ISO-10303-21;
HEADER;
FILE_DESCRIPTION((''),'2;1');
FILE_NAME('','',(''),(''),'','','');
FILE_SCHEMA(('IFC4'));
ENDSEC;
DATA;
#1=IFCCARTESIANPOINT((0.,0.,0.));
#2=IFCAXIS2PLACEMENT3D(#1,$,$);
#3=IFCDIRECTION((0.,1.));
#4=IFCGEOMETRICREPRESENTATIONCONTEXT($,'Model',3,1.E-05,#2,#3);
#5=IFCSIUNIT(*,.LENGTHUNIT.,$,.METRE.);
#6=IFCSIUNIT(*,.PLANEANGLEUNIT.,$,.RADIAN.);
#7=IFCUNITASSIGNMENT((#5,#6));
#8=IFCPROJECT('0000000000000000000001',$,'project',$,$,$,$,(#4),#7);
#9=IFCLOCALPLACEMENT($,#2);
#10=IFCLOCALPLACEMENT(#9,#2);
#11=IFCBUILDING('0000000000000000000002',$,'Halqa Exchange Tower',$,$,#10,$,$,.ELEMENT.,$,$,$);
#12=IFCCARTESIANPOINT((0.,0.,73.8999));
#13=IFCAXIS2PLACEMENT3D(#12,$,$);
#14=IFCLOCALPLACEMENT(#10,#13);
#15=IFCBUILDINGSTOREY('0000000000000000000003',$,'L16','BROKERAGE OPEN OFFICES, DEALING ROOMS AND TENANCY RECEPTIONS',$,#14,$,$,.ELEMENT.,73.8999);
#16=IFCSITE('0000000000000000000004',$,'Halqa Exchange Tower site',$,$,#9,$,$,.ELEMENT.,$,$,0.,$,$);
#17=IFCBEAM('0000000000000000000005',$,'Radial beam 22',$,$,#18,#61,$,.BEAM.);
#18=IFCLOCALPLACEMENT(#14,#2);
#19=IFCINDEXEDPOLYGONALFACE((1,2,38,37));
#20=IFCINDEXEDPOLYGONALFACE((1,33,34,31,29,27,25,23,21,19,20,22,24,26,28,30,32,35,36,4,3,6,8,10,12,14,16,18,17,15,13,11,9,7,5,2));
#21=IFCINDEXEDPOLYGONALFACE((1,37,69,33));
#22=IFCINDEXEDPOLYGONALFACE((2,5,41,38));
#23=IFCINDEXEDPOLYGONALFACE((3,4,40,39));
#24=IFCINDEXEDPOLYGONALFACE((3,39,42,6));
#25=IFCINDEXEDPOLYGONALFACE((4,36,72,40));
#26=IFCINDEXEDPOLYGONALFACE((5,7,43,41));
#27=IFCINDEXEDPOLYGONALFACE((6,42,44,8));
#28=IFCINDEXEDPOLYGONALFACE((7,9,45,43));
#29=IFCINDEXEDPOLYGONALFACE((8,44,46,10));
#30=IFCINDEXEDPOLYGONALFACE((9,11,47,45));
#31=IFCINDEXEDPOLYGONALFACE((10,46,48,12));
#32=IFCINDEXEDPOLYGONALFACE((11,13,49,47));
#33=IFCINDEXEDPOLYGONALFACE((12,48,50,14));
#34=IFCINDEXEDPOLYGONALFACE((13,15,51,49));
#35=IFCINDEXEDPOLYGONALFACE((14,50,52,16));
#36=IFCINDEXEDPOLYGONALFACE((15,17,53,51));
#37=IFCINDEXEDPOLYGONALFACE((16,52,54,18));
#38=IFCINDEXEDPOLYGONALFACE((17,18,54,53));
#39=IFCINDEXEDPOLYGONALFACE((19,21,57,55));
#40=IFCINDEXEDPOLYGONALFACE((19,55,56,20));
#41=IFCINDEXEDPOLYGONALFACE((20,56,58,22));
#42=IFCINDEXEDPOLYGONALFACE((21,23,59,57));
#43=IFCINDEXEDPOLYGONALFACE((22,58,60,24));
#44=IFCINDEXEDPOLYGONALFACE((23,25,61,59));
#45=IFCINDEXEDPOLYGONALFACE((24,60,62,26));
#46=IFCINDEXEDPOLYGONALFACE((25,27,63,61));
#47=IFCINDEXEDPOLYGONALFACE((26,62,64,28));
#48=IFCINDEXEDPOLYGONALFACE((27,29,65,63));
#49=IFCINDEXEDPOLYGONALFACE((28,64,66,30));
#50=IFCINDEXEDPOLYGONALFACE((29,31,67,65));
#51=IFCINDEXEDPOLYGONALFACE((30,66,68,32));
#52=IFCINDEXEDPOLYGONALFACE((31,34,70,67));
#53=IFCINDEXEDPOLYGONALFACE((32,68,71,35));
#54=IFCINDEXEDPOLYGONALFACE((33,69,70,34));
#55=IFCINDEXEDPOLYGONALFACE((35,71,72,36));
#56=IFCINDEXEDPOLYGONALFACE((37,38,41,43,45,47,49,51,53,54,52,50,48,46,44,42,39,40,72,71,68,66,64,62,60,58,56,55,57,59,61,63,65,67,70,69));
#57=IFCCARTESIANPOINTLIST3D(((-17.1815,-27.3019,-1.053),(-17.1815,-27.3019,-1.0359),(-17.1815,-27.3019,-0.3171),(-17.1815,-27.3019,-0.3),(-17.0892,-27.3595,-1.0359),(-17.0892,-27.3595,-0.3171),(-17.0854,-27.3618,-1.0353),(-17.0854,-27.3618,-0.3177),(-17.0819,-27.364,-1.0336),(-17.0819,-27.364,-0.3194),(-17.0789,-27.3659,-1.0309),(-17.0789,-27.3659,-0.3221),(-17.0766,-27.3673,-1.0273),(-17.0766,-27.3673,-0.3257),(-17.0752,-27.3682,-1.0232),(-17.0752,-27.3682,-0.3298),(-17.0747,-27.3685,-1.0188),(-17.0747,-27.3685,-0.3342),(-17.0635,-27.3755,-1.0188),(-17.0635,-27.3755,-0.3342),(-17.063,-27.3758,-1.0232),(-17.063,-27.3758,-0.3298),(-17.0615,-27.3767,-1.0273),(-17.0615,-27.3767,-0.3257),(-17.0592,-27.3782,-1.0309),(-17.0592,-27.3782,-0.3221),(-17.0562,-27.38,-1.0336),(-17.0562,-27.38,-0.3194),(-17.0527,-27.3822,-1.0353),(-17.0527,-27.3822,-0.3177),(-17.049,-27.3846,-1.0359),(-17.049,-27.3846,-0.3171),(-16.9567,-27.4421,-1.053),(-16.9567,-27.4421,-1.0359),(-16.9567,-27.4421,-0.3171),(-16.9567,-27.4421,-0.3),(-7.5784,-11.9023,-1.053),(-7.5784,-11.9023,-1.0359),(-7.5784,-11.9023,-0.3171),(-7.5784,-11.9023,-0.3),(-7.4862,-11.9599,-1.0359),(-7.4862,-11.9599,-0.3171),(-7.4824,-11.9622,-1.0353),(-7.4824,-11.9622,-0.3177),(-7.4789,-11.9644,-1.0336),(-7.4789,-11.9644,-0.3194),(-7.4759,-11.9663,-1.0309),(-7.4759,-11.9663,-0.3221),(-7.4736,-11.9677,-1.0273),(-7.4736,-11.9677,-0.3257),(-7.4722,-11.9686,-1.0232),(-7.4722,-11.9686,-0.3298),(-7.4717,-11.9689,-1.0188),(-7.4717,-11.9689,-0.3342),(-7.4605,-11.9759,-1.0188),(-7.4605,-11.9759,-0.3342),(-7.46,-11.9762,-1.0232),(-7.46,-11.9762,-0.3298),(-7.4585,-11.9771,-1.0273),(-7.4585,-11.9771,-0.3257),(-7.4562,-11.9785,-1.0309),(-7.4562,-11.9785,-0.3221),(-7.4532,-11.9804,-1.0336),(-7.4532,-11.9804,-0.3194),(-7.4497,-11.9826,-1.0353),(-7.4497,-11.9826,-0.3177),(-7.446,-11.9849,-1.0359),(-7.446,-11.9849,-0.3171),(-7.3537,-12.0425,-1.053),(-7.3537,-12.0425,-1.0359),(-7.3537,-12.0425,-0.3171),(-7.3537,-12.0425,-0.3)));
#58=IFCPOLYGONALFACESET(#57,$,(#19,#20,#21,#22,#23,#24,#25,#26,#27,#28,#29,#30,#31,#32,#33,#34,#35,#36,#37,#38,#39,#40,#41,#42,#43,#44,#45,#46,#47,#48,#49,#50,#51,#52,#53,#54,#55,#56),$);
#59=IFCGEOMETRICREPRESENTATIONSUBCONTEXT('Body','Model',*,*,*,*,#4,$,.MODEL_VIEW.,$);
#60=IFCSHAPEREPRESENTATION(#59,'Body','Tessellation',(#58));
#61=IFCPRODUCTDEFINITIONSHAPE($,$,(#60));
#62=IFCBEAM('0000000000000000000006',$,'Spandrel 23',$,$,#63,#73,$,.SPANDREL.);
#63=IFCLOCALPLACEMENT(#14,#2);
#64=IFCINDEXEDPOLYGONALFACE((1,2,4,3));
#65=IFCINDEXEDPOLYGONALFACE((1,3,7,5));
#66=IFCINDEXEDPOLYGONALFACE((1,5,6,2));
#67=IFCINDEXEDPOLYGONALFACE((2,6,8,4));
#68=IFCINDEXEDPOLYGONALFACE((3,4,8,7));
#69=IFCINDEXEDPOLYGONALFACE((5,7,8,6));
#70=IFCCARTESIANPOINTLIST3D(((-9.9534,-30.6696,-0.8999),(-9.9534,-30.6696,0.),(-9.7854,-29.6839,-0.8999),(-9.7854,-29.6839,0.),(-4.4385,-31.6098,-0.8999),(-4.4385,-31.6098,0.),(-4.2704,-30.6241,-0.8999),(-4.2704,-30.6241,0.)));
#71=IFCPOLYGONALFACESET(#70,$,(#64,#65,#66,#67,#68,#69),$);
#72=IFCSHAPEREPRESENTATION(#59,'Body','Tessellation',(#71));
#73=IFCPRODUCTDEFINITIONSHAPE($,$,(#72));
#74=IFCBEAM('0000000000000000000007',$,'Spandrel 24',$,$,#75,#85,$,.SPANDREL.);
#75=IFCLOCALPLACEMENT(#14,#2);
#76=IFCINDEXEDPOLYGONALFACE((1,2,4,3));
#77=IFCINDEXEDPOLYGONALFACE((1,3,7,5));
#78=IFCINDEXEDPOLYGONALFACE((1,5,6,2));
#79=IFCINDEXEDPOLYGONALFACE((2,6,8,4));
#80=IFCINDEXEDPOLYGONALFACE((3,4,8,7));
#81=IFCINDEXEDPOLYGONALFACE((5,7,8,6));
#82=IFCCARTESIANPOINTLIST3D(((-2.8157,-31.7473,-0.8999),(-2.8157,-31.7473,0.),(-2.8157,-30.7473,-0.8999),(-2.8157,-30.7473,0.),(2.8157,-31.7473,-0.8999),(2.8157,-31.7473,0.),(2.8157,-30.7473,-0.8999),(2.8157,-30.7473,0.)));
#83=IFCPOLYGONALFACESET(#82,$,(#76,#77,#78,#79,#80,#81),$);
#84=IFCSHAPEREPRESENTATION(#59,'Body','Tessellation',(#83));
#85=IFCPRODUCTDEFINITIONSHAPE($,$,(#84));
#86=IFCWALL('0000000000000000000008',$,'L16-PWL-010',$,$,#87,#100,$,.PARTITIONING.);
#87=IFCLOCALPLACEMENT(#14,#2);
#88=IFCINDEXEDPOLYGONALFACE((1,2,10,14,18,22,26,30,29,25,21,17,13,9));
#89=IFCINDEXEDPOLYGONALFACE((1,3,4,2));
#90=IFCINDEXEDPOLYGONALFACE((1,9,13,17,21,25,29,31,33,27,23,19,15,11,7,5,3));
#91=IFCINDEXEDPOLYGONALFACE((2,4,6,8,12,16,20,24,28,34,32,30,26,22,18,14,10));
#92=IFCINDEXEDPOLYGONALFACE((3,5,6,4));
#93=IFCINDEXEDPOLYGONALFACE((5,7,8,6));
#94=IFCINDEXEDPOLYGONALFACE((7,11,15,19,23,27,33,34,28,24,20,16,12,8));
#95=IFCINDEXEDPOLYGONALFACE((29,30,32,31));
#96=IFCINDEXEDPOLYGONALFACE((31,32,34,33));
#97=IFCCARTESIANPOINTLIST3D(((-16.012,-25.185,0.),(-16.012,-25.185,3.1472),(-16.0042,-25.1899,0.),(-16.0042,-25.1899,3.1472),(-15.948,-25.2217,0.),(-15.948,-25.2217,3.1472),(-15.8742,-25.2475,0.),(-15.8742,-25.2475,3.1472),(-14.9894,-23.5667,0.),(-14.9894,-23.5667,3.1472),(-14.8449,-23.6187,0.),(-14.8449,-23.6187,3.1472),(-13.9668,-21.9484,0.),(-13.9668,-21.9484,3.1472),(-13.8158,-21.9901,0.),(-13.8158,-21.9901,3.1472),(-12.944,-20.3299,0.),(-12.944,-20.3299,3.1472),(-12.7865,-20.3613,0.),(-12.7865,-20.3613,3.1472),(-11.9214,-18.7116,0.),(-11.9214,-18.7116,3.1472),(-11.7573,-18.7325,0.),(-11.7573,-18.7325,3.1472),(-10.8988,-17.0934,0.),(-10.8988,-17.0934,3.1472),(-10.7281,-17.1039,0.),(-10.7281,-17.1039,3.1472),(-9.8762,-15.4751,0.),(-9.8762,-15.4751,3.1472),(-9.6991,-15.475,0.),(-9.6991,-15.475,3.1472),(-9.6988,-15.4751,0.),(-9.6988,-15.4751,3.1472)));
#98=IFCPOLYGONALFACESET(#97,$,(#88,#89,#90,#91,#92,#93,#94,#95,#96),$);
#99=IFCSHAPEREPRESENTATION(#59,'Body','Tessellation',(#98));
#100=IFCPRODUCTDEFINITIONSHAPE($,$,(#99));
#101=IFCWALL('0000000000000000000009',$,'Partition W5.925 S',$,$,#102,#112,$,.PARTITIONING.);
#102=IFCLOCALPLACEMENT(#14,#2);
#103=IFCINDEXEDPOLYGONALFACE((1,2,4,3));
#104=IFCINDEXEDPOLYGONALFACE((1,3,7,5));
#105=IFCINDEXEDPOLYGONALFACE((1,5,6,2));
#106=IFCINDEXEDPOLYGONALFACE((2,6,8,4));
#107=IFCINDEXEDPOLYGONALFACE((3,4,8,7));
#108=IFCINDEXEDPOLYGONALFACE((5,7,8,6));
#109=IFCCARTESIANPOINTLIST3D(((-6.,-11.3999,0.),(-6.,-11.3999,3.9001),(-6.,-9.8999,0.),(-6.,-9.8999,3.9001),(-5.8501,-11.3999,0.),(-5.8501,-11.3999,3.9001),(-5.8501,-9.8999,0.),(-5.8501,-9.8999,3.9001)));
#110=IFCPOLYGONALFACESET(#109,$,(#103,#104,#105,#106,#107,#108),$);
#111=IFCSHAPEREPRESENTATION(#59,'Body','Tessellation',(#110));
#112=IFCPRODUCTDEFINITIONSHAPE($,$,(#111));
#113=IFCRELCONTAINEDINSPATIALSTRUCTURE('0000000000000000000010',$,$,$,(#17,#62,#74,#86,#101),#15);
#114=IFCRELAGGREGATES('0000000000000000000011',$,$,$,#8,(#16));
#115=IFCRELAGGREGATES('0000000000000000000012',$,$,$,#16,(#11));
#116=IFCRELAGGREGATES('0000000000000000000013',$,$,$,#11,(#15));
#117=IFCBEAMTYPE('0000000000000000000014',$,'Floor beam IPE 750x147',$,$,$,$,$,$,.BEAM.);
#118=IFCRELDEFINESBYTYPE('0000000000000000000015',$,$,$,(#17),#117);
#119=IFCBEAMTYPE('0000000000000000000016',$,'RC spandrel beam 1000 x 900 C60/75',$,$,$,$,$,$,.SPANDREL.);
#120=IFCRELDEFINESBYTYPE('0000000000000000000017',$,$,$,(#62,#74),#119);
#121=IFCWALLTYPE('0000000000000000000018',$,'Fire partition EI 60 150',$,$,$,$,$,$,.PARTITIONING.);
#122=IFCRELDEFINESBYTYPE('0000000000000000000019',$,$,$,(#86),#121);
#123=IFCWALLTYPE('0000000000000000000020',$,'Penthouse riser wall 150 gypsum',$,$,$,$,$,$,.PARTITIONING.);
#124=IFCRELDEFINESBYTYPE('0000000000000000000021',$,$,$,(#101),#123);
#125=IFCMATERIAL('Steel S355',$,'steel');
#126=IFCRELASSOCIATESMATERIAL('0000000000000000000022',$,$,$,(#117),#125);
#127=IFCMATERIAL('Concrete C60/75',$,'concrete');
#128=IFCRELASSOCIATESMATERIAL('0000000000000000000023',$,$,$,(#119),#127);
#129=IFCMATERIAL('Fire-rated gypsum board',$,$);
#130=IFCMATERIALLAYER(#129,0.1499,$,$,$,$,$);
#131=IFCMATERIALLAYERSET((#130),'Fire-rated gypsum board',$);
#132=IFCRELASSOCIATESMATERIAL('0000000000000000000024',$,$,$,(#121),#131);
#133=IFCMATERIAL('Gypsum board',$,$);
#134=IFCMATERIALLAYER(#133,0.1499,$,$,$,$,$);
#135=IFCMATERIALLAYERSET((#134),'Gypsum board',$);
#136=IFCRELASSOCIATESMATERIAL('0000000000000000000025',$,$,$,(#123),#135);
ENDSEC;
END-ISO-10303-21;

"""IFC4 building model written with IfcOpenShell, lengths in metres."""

from ifc_helpers import new_model, si_unit, direction, frame, frame_2d, origin, origin_2d, place, context, subcontext, project, spatial, polyline, rectangle, i_section, outline, extrude, material, layer, layer_set, material_profile, profile_set, type_object, element, save


model = new_model("IFC4")

# Units and contexts
model_context = context("Model", 3, precision=1e-05, world=origin(), true_north=direction((0.0, 1.0)))
body_context = subcontext(model_context, "Body", "Model", "MODEL_VIEW")
ifc_project = project(units=[si_unit("LENGTHUNIT", "METRE"), si_unit("PLANEANGLEUNIT", "RADIAN")], contexts=[model_context])

# Site, building, storey
site_placement = place(None, origin())
site = spatial("IfcSite", under=ifc_project, at=site_placement, Name="Halqa Exchange Tower site", CompositionType="ELEMENT", RefElevation=0.0)
building_placement = place(site_placement, origin())
building = spatial("IfcBuilding", under=site, at=building_placement, Name="Halqa Exchange Tower", CompositionType="ELEMENT")
storey_placement = place(building_placement, frame((0.0, 0.0, 73.8999)))
storey = spatial("IfcBuildingStorey", under=building, at=storey_placement, Name="L16", Description="BROKERAGE OPEN OFFICES, DEALING ROOMS AND TENANCY RECEPTIONS", CompositionType="ELEMENT", Elevation=73.8999)

# Beams
ifc_material_1 = material(Name="Steel S355", Category="steel")
ifc_material_profile_1 = material_profile(ifc_material_1, i_section(OverallWidth=0.2649, OverallDepth=0.7529, WebThickness=0.0132, FlangeThickness=0.0171, FilletRadius=0.0171, at=origin_2d()), Name="IPE 750x147")
ifc_profile_set_1 = profile_set([ifc_material_profile_1], Name="Steel S355")
beam_type_1 = type_object("IfcBeamType", Name="Floor beam IPE 750x147", PredefinedType="BEAM", material=ifc_profile_set_1)
beam_1_placement = place(storey_placement, frame((-7.4661, -11.9724, -0.6765), z_axis=(-0.529137, -0.848537, 0.0), x_axis=(0.848537, -0.529137, 0.0)))
element("IfcBeam", 1, at=beam_1_placement, inside=storey, type_object=beam_type_1, Name="Radial beam 22", PredefinedType="BEAM", context=body_context, shape_type="SweptSolid", body=[
    extrude(i_section(OverallWidth=0.2649, OverallDepth=0.7529, WebThickness=0.0132, FlangeThickness=0.0171, FilletRadius=0.0171, at=origin_2d()), origin(), (0.0, 0.0, 1.0), 18.1484),
])
ifc_material_2 = material(Name="Concrete C60/75", Category="concrete")
ifc_material_profile_2 = material_profile(ifc_material_2, rectangle(XDim=1.0, YDim=0.8999, at=origin_2d()), Name="1000 x 900")
ifc_profile_set_2 = profile_set([ifc_material_profile_2], Name="Concrete C60/75")
beam_type_2 = type_object("IfcBeamType", Name="RC spandrel beam 1000 x 900 C60/75", PredefinedType="SPANDREL", material=ifc_profile_set_2)
beam_2_placement = place(storey_placement, frame((-9.8694, -30.1768, -0.45), z_axis=(0.985777, -0.168057, 0.0), x_axis=(0.168057, 0.985777, 0.0)))
element("IfcBeam", 2, at=beam_2_placement, inside=storey, type_object=beam_type_2, Name="Spandrel 23", PredefinedType="SPANDREL", context=body_context, shape_type="SweptSolid", body=[
    extrude(rectangle(XDim=1.0, YDim=0.8999, at=origin_2d()), origin(), (0.0, 0.0, 1.0), 5.5945),
])
beam_3_placement = place(storey_placement, frame((-2.8157, -31.2473, -0.45), z_axis=(1.0, 0.0, 0.0), x_axis=(0.0, 1.0, 0.0)))
element("IfcBeam", 3, at=beam_3_placement, inside=storey, type_object=beam_type_2, Name="Spandrel 24", PredefinedType="SPANDREL", context=body_context, shape_type="SweptSolid", body=[
    extrude(rectangle(XDim=1.0, YDim=0.8999, at=origin_2d()), origin(), (0.0, 0.0, 1.0), 5.6313),
])

# Walls
ifc_material_3 = material(Name="Fire-rated gypsum board")
ifc_layer_1 = layer(ifc_material_3, 0.1499)
ifc_layer_set_1 = layer_set([ifc_layer_1], Name="Fire-rated gypsum board")
wall_type_1 = type_object("IfcWallType", Name="Fire partition EI 60 150", PredefinedType="PARTITIONING", material=ifc_layer_set_1)
wall_1_placement = place(storey_placement, frame((-9.7622, -15.4351, 0.0), z_axis=(0.0, 0.0, 1.0), x_axis=(-0.534199, -0.845359, 0.0)))
element("IfcWall", 4, at=wall_1_placement, inside=storey, type_object=wall_type_1, Name="L16-PWL-010", PredefinedType="PARTITIONING", context=body_context, shape_type="SweptSolid", body=[
    extrude(outline(polyline([(11.5808, -0.075), (11.5808, -0.0657), (11.5776, -0.0012), (11.5601, 0.075), (9.6333, 0.075), (7.7068, 0.075), (5.78, 0.075), (3.8533, 0.075), (1.9268, 0.075), (0.0, 0.075), (0.0, 0.0747), (0.0947, -0.075), (2.009, -0.075), (3.9233, -0.075), (5.8376, -0.075), (7.7522, -0.075), (9.6665, -0.075), (11.5808, -0.075)])), origin(), (0.0, 0.0, 1.0), 3.1472),
])
ifc_material_4 = material(Name="Gypsum board")
ifc_layer_2 = layer(ifc_material_4, 0.1499)
ifc_layer_set_2 = layer_set([ifc_layer_2], Name="Gypsum board")
wall_type_2 = type_object("IfcWallType", Name="Penthouse riser wall 150 gypsum", PredefinedType="PARTITIONING", material=ifc_layer_set_2)
wall_2_placement = place(storey_placement, frame((-5.925, -11.3999, 0.0), z_axis=(0.0, 0.0, 1.0), x_axis=(0.0, 1.0, 0.0)))
element("IfcWall", 5, at=wall_2_placement, inside=storey, type_object=wall_type_2, Name="Partition W5.925 S", PredefinedType="PARTITIONING", context=body_context, shape_type="SweptSolid", body=[
    extrude(rectangle(XDim=1.5, YDim=0.1499, at=frame_2d((0.75, 0.0))), origin(), (0.0, 0.0, 1.0), 3.9001),
])

save(model, "model.ifc")
